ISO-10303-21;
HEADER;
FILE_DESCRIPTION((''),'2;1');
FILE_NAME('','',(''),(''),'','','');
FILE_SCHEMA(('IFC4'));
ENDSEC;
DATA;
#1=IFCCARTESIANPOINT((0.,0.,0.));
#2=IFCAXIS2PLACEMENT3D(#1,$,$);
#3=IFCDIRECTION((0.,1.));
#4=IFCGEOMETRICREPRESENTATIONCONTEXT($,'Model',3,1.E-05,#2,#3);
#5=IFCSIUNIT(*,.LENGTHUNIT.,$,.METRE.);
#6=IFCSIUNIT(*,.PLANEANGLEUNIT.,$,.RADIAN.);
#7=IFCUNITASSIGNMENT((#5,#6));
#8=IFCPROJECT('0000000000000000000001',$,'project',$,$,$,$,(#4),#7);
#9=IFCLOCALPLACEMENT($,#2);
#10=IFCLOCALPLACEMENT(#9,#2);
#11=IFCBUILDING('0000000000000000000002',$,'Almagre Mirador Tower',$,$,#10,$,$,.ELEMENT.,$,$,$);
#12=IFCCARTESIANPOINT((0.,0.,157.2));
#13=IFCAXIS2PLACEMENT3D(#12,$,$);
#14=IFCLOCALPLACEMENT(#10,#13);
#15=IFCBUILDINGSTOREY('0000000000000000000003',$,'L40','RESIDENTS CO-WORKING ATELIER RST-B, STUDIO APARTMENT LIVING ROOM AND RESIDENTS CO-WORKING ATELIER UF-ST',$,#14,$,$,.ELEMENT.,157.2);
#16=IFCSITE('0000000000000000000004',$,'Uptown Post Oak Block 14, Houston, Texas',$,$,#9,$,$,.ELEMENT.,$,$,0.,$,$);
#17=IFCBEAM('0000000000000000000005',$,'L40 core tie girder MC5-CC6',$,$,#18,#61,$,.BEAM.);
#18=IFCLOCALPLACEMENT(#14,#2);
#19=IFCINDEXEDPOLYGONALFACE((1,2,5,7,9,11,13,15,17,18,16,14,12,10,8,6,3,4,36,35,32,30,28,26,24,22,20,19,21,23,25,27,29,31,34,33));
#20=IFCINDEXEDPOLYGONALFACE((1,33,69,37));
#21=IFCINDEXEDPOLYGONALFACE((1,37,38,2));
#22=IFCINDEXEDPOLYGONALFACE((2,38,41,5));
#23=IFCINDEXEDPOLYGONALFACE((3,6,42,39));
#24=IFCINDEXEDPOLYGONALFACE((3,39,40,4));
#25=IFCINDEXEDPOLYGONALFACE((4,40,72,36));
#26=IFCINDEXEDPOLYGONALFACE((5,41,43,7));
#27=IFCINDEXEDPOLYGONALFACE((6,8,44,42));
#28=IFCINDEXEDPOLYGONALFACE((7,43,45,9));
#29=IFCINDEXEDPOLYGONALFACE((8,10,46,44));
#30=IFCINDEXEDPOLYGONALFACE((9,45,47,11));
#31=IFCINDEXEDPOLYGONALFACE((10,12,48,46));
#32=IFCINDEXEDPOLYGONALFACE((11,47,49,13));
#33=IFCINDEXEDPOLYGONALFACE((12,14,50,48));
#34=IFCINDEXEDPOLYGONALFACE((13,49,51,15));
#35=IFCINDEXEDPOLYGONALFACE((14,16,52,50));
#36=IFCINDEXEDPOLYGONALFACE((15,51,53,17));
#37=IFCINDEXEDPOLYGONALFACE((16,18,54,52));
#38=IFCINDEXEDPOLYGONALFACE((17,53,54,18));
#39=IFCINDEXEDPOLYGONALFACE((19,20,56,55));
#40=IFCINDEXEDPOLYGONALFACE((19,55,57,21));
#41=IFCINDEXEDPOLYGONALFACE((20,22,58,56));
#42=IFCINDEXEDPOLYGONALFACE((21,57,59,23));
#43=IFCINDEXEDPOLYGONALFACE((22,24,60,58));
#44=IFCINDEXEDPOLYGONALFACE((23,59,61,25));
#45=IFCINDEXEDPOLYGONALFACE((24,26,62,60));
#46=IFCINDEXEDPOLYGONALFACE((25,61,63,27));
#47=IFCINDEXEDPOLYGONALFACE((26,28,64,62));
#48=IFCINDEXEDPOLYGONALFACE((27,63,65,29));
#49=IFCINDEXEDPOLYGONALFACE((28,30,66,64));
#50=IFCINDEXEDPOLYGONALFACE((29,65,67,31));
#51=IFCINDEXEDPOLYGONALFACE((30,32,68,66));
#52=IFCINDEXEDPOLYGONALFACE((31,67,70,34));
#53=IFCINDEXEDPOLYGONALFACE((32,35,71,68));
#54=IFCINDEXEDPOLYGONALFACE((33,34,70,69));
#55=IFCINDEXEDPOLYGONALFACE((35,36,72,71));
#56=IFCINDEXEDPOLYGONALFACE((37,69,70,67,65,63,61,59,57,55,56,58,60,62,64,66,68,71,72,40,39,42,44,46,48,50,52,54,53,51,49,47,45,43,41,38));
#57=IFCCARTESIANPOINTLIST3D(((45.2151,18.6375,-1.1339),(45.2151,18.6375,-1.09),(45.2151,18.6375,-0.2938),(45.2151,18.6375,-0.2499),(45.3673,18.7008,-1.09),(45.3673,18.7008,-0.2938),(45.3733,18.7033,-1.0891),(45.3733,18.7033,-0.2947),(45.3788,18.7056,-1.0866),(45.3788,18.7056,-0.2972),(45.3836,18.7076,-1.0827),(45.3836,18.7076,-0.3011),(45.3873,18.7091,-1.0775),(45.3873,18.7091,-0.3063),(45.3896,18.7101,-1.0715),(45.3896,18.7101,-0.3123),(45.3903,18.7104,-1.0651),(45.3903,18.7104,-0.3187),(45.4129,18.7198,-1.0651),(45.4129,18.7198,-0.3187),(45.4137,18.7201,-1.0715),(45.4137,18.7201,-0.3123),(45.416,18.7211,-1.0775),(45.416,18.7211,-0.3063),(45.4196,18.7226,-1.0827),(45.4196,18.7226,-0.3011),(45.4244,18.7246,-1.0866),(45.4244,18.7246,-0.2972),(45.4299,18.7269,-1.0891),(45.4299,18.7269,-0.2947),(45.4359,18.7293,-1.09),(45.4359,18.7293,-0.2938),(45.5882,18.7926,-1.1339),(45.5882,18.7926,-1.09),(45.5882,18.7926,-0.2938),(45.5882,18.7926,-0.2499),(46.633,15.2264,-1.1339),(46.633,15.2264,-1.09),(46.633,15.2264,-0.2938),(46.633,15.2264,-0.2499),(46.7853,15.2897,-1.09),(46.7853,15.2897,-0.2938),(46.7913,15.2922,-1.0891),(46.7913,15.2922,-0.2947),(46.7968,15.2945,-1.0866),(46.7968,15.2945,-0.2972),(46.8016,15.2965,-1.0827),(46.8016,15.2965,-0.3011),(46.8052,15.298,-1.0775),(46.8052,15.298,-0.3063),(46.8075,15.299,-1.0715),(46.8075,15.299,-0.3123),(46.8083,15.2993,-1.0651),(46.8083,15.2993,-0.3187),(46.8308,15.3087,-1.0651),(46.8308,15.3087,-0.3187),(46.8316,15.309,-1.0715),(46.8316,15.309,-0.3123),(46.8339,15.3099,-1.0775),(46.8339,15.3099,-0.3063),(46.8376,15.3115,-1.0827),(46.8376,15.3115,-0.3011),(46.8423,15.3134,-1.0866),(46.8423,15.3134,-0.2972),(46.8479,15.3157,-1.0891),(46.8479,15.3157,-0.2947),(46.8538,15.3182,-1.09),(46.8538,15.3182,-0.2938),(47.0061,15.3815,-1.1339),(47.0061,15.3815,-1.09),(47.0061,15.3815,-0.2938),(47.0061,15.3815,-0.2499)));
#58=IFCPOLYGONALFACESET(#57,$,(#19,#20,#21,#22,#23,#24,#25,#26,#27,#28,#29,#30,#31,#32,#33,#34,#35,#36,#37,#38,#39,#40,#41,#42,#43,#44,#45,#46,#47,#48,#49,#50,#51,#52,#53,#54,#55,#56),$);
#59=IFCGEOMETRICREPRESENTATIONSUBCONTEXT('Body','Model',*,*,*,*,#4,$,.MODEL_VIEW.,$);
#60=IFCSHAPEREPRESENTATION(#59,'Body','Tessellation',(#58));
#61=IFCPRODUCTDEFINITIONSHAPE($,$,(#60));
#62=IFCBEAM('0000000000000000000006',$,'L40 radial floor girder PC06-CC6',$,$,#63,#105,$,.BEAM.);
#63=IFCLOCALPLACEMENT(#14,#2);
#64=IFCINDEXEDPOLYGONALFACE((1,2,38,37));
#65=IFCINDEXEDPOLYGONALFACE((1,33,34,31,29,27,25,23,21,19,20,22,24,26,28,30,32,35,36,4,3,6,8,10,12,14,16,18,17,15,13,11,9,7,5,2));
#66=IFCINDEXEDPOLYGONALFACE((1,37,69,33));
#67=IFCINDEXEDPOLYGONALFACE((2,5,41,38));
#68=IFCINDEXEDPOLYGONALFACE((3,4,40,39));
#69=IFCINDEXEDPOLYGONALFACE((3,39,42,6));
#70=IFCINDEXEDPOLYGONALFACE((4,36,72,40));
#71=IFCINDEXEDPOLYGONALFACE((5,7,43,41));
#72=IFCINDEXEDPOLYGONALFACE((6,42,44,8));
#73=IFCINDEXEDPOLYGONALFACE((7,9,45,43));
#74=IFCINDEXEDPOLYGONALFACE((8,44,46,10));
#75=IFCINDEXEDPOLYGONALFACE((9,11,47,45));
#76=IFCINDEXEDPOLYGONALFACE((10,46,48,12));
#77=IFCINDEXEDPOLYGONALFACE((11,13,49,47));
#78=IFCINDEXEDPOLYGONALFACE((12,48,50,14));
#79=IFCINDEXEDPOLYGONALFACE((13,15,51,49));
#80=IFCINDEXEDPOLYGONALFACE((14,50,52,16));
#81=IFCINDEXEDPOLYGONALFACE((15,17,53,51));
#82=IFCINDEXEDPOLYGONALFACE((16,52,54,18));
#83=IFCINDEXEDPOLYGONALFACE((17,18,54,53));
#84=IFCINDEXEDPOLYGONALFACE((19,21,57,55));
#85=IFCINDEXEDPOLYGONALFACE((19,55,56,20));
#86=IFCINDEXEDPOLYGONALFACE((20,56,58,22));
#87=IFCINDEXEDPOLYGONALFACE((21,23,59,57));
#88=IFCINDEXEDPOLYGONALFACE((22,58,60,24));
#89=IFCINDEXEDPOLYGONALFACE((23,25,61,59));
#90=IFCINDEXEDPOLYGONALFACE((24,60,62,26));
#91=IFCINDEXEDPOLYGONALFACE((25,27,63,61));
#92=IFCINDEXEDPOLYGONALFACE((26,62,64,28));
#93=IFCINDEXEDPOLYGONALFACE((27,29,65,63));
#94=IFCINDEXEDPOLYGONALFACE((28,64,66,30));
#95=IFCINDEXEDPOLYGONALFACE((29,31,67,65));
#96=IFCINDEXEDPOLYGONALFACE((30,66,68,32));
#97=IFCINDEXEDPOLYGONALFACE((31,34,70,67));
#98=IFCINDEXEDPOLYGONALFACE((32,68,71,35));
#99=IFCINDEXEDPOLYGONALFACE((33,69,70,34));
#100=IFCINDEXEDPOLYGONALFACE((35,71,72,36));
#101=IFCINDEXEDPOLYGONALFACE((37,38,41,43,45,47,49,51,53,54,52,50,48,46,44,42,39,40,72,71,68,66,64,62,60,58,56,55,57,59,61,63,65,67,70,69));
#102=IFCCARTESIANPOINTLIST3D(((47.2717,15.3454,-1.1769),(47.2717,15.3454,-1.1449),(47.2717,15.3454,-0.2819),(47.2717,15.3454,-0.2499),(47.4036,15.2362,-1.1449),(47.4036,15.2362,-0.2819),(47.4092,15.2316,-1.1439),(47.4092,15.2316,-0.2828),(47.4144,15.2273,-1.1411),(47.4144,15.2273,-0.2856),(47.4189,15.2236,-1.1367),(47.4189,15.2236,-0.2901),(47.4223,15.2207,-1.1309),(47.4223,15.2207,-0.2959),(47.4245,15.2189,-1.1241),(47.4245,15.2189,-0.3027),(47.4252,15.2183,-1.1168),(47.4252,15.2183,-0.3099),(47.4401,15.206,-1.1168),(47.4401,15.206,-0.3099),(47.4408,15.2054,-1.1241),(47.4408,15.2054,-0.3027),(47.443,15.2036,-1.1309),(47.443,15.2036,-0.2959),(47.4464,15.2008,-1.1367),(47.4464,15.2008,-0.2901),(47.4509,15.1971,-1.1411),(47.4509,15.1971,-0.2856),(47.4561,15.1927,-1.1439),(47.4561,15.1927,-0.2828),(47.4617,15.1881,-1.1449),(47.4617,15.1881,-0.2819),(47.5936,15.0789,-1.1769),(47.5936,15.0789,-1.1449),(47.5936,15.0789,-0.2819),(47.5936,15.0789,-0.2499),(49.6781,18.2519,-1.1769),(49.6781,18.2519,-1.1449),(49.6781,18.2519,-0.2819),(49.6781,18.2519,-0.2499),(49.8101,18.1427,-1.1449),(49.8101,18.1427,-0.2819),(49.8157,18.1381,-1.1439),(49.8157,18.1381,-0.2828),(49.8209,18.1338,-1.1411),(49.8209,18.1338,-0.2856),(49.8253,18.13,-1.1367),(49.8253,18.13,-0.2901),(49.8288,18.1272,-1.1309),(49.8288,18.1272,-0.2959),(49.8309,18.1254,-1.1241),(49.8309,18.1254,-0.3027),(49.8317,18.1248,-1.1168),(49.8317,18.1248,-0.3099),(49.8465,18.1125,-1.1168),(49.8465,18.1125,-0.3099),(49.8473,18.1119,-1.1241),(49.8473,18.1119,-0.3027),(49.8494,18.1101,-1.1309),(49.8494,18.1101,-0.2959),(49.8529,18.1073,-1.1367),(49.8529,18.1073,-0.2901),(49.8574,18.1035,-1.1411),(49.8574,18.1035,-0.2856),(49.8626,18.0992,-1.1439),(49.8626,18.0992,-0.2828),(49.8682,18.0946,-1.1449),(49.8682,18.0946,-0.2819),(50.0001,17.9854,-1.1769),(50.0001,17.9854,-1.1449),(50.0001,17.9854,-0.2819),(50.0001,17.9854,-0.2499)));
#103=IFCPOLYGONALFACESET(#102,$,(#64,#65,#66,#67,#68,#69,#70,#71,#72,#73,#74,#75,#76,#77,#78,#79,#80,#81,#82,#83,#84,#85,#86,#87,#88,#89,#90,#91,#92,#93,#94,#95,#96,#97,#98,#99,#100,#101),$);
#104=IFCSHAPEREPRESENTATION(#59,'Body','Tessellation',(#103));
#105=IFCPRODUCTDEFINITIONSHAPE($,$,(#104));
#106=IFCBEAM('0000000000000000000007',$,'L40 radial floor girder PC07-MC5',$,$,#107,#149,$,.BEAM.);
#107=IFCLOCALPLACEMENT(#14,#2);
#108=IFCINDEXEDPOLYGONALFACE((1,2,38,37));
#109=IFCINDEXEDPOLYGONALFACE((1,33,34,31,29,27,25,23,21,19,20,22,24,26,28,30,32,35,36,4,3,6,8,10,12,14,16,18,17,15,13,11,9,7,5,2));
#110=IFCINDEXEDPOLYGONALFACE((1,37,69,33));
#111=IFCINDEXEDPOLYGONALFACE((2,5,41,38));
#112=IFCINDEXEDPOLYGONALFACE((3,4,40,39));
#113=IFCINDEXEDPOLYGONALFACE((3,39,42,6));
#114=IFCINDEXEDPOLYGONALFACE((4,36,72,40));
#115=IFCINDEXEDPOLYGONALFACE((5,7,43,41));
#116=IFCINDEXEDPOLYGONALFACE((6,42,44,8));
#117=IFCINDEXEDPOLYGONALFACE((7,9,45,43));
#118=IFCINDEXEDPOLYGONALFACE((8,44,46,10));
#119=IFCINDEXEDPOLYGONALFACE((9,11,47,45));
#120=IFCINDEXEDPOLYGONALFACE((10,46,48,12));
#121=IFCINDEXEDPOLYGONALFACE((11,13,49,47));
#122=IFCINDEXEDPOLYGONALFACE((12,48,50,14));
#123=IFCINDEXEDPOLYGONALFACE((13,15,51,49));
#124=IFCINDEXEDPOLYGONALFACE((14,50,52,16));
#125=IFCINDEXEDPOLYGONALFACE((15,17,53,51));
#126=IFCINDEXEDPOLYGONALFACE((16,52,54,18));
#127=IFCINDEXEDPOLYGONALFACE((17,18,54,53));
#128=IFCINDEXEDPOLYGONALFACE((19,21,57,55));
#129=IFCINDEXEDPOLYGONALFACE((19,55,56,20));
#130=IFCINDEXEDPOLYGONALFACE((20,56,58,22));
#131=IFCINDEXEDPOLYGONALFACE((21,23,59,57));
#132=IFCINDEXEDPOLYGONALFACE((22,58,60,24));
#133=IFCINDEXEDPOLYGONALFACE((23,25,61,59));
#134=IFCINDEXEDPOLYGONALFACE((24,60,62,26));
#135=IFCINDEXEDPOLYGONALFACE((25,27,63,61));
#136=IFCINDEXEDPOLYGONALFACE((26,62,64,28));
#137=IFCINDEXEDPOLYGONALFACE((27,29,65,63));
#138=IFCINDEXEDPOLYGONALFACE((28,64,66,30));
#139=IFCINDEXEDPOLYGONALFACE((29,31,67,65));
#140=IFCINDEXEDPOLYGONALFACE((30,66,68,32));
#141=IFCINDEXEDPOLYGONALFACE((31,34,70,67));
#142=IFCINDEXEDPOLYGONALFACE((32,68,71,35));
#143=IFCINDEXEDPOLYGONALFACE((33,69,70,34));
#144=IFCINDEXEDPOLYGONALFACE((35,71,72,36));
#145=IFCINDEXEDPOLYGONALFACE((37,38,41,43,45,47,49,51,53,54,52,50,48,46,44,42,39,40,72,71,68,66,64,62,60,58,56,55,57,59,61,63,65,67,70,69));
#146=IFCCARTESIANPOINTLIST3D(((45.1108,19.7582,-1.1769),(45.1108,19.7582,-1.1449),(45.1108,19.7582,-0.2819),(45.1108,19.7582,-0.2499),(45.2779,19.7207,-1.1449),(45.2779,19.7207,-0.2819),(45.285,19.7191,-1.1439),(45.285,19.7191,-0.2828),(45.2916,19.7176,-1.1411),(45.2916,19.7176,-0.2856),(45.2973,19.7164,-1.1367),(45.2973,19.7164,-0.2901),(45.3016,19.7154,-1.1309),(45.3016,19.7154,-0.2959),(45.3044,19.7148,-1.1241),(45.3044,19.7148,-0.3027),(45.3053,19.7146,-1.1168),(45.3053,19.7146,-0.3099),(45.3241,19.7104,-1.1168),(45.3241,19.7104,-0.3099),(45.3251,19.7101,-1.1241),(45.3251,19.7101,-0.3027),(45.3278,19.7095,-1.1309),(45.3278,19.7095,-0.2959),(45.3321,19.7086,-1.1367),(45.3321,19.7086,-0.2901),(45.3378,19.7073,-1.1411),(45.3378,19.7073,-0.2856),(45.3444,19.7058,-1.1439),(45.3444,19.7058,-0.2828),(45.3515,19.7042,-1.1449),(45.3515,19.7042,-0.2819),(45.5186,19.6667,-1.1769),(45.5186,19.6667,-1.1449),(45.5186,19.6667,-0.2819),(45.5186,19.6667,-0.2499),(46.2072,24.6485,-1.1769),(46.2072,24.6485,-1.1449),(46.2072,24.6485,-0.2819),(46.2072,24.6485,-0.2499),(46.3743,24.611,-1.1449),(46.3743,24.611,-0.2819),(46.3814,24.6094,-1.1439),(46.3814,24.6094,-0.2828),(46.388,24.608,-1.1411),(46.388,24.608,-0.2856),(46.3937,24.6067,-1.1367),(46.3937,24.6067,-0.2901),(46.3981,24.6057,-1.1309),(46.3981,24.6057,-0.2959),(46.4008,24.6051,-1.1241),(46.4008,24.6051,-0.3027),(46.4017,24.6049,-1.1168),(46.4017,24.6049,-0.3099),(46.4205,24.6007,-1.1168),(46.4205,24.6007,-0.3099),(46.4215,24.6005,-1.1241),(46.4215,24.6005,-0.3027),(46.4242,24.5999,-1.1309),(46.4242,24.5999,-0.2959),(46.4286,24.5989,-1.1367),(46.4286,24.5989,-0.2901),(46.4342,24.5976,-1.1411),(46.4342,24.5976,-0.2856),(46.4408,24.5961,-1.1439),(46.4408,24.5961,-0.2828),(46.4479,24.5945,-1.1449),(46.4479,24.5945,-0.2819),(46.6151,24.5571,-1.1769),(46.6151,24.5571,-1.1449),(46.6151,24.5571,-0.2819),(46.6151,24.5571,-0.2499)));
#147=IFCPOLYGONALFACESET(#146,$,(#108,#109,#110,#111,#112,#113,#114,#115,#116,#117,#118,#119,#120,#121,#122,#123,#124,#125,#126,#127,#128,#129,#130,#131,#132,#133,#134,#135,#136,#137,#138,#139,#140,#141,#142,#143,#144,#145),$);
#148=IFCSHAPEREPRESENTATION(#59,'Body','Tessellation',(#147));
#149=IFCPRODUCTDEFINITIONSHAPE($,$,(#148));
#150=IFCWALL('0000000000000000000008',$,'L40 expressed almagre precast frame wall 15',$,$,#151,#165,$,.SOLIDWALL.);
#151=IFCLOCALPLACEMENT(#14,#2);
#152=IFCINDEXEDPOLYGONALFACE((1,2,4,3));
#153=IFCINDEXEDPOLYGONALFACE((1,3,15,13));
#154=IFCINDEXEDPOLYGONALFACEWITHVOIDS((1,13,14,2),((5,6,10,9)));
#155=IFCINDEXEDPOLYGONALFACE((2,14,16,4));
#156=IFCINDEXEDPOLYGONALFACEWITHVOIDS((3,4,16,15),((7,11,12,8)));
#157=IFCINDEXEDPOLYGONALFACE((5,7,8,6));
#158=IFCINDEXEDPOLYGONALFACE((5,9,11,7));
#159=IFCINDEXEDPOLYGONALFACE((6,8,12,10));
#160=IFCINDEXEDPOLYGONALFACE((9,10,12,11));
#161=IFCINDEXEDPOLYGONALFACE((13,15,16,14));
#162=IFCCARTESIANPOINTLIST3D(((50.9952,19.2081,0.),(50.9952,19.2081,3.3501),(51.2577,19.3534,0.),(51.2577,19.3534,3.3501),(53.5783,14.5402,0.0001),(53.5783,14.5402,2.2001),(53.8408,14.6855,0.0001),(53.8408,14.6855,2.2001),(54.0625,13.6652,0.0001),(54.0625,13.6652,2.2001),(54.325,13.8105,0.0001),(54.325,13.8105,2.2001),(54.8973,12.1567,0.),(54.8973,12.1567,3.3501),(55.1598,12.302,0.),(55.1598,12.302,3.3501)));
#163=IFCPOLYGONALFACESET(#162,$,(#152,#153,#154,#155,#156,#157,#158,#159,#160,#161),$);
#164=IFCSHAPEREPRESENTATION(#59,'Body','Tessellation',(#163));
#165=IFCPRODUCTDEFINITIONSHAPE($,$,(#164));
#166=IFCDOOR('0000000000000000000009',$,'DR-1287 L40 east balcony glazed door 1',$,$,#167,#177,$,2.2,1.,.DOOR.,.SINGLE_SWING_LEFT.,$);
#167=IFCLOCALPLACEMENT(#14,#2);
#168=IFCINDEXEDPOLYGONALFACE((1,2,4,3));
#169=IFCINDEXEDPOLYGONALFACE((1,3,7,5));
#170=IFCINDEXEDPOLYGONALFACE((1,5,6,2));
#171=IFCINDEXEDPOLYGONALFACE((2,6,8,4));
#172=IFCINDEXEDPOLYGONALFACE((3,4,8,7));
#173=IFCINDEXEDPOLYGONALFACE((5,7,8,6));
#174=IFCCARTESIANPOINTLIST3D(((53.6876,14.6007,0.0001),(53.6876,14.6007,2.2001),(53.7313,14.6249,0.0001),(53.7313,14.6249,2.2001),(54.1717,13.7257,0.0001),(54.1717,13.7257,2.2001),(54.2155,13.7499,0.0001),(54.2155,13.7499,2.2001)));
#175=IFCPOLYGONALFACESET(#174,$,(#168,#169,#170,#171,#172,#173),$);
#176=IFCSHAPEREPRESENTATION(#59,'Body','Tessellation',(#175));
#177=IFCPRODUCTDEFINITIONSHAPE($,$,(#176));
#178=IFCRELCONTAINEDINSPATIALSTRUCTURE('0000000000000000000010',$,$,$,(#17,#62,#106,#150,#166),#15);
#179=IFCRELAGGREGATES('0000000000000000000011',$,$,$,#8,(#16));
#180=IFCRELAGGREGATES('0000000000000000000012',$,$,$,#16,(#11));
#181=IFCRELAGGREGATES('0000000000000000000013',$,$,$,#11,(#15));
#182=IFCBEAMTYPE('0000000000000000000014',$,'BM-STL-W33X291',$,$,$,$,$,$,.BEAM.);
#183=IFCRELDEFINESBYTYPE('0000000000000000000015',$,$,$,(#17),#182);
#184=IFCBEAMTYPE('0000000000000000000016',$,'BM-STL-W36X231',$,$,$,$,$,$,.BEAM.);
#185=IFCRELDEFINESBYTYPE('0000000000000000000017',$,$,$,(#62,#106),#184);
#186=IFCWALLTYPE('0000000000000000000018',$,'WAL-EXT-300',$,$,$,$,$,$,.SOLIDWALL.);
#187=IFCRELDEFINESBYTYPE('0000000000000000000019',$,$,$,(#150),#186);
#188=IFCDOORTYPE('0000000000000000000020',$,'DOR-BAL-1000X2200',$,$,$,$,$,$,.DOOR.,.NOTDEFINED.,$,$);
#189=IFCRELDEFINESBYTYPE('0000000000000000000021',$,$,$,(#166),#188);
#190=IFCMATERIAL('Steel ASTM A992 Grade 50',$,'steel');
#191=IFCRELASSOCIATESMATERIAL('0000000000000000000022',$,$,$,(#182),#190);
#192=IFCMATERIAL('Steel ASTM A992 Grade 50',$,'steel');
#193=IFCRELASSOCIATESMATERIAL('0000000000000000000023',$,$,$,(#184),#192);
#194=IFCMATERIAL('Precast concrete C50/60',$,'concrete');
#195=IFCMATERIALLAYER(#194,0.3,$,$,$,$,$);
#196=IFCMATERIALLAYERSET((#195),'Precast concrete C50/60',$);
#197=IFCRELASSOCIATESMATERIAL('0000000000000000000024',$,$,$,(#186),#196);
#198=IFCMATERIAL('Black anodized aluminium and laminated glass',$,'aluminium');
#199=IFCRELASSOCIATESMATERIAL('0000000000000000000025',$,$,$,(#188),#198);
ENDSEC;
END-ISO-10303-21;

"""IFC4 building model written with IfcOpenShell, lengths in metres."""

from ifc_helpers import new_model, si_unit, direction, frame, frame_2d, origin, origin_2d, place, context, subcontext, project, spatial, rectangle, i_section, extrude, material, layer, layer_set, material_profile, profile_set, type_object, element, fill, save


model = new_model("IFC4")

# Units and contexts
model_context = context("Model", 3, precision=1e-05, world=origin(), true_north=direction((0.0, 1.0)))
body_context = subcontext(model_context, "Body", "Model", "MODEL_VIEW")
ifc_project = project(units=[si_unit("LENGTHUNIT", "METRE"), si_unit("PLANEANGLEUNIT", "RADIAN")], contexts=[model_context])

# Site, building, storey
site_placement = place(None, origin())
site = spatial("IfcSite", under=ifc_project, at=site_placement, Name="Uptown Post Oak Block 14, Houston, Texas", CompositionType="ELEMENT", RefElevation=0.0)
building_placement = place(site_placement, origin())
building = spatial("IfcBuilding", under=site, at=building_placement, Name="Almagre Mirador Tower", CompositionType="ELEMENT")
storey_placement = place(building_placement, frame((0.0, 0.0, 157.2)))
storey = spatial("IfcBuildingStorey", under=building, at=storey_placement, Name="L40", Description="RESIDENTS CO-WORKING ATELIER RST-B, STUDIO APARTMENT LIVING ROOM AND RESIDENTS CO-WORKING ATELIER UF-ST", CompositionType="ELEMENT", Elevation=157.2)

# Beams
ifc_material_1 = material(Name="Steel ASTM A992 Grade 50", Category="steel")
ifc_material_profile_1 = material_profile(ifc_material_1, i_section(OverallWidth=0.4041, OverallDepth=0.884, WebThickness=0.0244, FlangeThickness=0.0439, FilletRadius=0.0249, at=origin_2d()), Name="W33X291")
ifc_profile_set_1 = profile_set([ifc_material_profile_1], Name="Steel ASTM A992 Grade 50")
beam_type_1 = type_object("IfcBeamType", Name="BM-STL-W33X291", PredefinedType="BEAM", material=ifc_profile_set_1)
beam_1_placement = place(storey_placement, frame((45.4016, 18.7151, -0.6919), z_axis=(0.383846, -0.923397, 0.0), x_axis=(0.923397, 0.383846, 0.0)))
element("IfcBeam", 1, at=beam_1_placement, inside=storey, type_object=beam_type_1, Name="L40 core tie girder MC5-CC6", PredefinedType="BEAM", context=body_context, shape_type="SweptSolid", body=[
    extrude(i_section(OverallWidth=0.4041, OverallDepth=0.884, WebThickness=0.0244, FlangeThickness=0.0439, FilletRadius=0.0249, at=origin_2d()), origin(), (0.0, 0.0, 1.0), 3.6941),
])
ifc_material_2 = material(Name="Steel ASTM A992 Grade 50", Category="steel")
ifc_material_profile_2 = material_profile(ifc_material_2, i_section(OverallWidth=0.418, OverallDepth=0.927, WebThickness=0.0193, FlangeThickness=0.032, FilletRadius=0.0281, at=origin_2d()), Name="W36X231")
ifc_profile_set_2 = profile_set([ifc_material_profile_2], Name="Steel ASTM A992 Grade 50")
beam_type_2 = type_object("IfcBeamType", Name="BM-STL-W36X231", PredefinedType="BEAM", material=ifc_profile_set_2)
beam_2_placement = place(storey_placement, frame((49.8391, 18.1187, -0.7134), z_axis=(-0.637744, -0.770249, 0.0), x_axis=(0.770249, -0.637744, 0.0)))
element("IfcBeam", 2, at=beam_2_placement, inside=storey, type_object=beam_type_2, Name="L40 radial floor girder PC06-CC6", PredefinedType="BEAM", context=body_context, shape_type="SweptSolid", body=[
    extrude(i_section(OverallWidth=0.418, OverallDepth=0.927, WebThickness=0.0193, FlangeThickness=0.032, FilletRadius=0.0281, at=origin_2d()), origin(), (0.0, 0.0, 1.0), 3.7734),
])
beam_3_placement = place(storey_placement, frame((46.4111, 24.6028, -0.7134), z_axis=(-0.218771, -0.975776, 0.0), x_axis=(0.975776, -0.218771, 0.0)))
element("IfcBeam", 3, at=beam_3_placement, inside=storey, type_object=beam_type_2, Name="L40 radial floor girder PC07-MC5", PredefinedType="BEAM", context=body_context, shape_type="SweptSolid", body=[
    extrude(i_section(OverallWidth=0.418, OverallDepth=0.927, WebThickness=0.0193, FlangeThickness=0.032, FilletRadius=0.0281, at=origin_2d()), origin(), (0.0, 0.0, 1.0), 5.0117),
])

# Wall, opening, door
ifc_material_3 = material(Name="Precast concrete C50/60", Category="concrete")
ifc_layer_1 = layer(ifc_material_3, 0.3)
ifc_layer_set_1 = layer_set([ifc_layer_1], Name="Precast concrete C50/60")
wall_type_1 = type_object("IfcWallType", Name="WAL-EXT-300", PredefinedType="SOLIDWALL", material=ifc_layer_set_1)
wall_1_placement = place(storey_placement, frame((51.1265, 19.2808, 0.0), z_axis=(0.0, 0.0, 1.0), x_axis=(0.484181, -0.874968, 0.0)))
wall_1 = element("IfcWall", 4, at=wall_1_placement, inside=storey, type_object=wall_type_1, Name="L40 expressed almagre precast frame wall 15", PredefinedType="SOLIDWALL", context=body_context, shape_type="SweptSolid", body=[
    extrude(rectangle(XDim=8.0591, YDim=0.3, at=frame_2d((4.0295, 0.0))), origin(), (0.0, 0.0, 1.0), 3.3501),
])
opening_1_placement = place(wall_1_placement, frame((5.335, 0.0, 0.0)))
opening_1 = element("IfcOpeningElement", 5, at=opening_1_placement, cuts=wall_1, PredefinedType="OPENING", context=body_context, shape_type="SweptSolid", body=[
    extrude(rectangle(XDim=1.0, YDim=2.2, at=frame_2d((0.5, 1.1001))), frame((0.0, 0.1599, 0.0), z_axis=(0.0, -1.0, 0.0), x_axis=(1.0, 0.0, 0.0)), (0.0, 0.0, 1.0), 0.32),
])
ifc_material_4 = material(Name="Black anodized aluminium and laminated glass", Category="aluminium")
door_type_1 = type_object("IfcDoorType", Name="DOR-BAL-1000X2200", OperationType="NOTDEFINED", PredefinedType="DOOR", material=ifc_material_4)
door_1_placement = place(opening_1_placement, origin())
door_1 = element("IfcDoor", 6, at=door_1_placement, inside=storey, type_object=door_type_1, Name="DR-1287 L40 east balcony glazed door 1", OperationType="SINGLE_SWING_LEFT", OverallHeight=2.2, OverallWidth=1.0, PredefinedType="DOOR", context=body_context, shape_type="SweptSolid", body=[
    extrude(rectangle(XDim=1.0, YDim=2.2, at=frame_2d((0.5, 1.1001))), frame((0.0, 0.0249, 0.0), z_axis=(0.0, -1.0, 0.0), x_axis=(1.0, 0.0, 0.0)), (0.0, 0.0, 1.0), 0.05),
])
fill(opening_1, door_1)

save(model, "model.ifc")
